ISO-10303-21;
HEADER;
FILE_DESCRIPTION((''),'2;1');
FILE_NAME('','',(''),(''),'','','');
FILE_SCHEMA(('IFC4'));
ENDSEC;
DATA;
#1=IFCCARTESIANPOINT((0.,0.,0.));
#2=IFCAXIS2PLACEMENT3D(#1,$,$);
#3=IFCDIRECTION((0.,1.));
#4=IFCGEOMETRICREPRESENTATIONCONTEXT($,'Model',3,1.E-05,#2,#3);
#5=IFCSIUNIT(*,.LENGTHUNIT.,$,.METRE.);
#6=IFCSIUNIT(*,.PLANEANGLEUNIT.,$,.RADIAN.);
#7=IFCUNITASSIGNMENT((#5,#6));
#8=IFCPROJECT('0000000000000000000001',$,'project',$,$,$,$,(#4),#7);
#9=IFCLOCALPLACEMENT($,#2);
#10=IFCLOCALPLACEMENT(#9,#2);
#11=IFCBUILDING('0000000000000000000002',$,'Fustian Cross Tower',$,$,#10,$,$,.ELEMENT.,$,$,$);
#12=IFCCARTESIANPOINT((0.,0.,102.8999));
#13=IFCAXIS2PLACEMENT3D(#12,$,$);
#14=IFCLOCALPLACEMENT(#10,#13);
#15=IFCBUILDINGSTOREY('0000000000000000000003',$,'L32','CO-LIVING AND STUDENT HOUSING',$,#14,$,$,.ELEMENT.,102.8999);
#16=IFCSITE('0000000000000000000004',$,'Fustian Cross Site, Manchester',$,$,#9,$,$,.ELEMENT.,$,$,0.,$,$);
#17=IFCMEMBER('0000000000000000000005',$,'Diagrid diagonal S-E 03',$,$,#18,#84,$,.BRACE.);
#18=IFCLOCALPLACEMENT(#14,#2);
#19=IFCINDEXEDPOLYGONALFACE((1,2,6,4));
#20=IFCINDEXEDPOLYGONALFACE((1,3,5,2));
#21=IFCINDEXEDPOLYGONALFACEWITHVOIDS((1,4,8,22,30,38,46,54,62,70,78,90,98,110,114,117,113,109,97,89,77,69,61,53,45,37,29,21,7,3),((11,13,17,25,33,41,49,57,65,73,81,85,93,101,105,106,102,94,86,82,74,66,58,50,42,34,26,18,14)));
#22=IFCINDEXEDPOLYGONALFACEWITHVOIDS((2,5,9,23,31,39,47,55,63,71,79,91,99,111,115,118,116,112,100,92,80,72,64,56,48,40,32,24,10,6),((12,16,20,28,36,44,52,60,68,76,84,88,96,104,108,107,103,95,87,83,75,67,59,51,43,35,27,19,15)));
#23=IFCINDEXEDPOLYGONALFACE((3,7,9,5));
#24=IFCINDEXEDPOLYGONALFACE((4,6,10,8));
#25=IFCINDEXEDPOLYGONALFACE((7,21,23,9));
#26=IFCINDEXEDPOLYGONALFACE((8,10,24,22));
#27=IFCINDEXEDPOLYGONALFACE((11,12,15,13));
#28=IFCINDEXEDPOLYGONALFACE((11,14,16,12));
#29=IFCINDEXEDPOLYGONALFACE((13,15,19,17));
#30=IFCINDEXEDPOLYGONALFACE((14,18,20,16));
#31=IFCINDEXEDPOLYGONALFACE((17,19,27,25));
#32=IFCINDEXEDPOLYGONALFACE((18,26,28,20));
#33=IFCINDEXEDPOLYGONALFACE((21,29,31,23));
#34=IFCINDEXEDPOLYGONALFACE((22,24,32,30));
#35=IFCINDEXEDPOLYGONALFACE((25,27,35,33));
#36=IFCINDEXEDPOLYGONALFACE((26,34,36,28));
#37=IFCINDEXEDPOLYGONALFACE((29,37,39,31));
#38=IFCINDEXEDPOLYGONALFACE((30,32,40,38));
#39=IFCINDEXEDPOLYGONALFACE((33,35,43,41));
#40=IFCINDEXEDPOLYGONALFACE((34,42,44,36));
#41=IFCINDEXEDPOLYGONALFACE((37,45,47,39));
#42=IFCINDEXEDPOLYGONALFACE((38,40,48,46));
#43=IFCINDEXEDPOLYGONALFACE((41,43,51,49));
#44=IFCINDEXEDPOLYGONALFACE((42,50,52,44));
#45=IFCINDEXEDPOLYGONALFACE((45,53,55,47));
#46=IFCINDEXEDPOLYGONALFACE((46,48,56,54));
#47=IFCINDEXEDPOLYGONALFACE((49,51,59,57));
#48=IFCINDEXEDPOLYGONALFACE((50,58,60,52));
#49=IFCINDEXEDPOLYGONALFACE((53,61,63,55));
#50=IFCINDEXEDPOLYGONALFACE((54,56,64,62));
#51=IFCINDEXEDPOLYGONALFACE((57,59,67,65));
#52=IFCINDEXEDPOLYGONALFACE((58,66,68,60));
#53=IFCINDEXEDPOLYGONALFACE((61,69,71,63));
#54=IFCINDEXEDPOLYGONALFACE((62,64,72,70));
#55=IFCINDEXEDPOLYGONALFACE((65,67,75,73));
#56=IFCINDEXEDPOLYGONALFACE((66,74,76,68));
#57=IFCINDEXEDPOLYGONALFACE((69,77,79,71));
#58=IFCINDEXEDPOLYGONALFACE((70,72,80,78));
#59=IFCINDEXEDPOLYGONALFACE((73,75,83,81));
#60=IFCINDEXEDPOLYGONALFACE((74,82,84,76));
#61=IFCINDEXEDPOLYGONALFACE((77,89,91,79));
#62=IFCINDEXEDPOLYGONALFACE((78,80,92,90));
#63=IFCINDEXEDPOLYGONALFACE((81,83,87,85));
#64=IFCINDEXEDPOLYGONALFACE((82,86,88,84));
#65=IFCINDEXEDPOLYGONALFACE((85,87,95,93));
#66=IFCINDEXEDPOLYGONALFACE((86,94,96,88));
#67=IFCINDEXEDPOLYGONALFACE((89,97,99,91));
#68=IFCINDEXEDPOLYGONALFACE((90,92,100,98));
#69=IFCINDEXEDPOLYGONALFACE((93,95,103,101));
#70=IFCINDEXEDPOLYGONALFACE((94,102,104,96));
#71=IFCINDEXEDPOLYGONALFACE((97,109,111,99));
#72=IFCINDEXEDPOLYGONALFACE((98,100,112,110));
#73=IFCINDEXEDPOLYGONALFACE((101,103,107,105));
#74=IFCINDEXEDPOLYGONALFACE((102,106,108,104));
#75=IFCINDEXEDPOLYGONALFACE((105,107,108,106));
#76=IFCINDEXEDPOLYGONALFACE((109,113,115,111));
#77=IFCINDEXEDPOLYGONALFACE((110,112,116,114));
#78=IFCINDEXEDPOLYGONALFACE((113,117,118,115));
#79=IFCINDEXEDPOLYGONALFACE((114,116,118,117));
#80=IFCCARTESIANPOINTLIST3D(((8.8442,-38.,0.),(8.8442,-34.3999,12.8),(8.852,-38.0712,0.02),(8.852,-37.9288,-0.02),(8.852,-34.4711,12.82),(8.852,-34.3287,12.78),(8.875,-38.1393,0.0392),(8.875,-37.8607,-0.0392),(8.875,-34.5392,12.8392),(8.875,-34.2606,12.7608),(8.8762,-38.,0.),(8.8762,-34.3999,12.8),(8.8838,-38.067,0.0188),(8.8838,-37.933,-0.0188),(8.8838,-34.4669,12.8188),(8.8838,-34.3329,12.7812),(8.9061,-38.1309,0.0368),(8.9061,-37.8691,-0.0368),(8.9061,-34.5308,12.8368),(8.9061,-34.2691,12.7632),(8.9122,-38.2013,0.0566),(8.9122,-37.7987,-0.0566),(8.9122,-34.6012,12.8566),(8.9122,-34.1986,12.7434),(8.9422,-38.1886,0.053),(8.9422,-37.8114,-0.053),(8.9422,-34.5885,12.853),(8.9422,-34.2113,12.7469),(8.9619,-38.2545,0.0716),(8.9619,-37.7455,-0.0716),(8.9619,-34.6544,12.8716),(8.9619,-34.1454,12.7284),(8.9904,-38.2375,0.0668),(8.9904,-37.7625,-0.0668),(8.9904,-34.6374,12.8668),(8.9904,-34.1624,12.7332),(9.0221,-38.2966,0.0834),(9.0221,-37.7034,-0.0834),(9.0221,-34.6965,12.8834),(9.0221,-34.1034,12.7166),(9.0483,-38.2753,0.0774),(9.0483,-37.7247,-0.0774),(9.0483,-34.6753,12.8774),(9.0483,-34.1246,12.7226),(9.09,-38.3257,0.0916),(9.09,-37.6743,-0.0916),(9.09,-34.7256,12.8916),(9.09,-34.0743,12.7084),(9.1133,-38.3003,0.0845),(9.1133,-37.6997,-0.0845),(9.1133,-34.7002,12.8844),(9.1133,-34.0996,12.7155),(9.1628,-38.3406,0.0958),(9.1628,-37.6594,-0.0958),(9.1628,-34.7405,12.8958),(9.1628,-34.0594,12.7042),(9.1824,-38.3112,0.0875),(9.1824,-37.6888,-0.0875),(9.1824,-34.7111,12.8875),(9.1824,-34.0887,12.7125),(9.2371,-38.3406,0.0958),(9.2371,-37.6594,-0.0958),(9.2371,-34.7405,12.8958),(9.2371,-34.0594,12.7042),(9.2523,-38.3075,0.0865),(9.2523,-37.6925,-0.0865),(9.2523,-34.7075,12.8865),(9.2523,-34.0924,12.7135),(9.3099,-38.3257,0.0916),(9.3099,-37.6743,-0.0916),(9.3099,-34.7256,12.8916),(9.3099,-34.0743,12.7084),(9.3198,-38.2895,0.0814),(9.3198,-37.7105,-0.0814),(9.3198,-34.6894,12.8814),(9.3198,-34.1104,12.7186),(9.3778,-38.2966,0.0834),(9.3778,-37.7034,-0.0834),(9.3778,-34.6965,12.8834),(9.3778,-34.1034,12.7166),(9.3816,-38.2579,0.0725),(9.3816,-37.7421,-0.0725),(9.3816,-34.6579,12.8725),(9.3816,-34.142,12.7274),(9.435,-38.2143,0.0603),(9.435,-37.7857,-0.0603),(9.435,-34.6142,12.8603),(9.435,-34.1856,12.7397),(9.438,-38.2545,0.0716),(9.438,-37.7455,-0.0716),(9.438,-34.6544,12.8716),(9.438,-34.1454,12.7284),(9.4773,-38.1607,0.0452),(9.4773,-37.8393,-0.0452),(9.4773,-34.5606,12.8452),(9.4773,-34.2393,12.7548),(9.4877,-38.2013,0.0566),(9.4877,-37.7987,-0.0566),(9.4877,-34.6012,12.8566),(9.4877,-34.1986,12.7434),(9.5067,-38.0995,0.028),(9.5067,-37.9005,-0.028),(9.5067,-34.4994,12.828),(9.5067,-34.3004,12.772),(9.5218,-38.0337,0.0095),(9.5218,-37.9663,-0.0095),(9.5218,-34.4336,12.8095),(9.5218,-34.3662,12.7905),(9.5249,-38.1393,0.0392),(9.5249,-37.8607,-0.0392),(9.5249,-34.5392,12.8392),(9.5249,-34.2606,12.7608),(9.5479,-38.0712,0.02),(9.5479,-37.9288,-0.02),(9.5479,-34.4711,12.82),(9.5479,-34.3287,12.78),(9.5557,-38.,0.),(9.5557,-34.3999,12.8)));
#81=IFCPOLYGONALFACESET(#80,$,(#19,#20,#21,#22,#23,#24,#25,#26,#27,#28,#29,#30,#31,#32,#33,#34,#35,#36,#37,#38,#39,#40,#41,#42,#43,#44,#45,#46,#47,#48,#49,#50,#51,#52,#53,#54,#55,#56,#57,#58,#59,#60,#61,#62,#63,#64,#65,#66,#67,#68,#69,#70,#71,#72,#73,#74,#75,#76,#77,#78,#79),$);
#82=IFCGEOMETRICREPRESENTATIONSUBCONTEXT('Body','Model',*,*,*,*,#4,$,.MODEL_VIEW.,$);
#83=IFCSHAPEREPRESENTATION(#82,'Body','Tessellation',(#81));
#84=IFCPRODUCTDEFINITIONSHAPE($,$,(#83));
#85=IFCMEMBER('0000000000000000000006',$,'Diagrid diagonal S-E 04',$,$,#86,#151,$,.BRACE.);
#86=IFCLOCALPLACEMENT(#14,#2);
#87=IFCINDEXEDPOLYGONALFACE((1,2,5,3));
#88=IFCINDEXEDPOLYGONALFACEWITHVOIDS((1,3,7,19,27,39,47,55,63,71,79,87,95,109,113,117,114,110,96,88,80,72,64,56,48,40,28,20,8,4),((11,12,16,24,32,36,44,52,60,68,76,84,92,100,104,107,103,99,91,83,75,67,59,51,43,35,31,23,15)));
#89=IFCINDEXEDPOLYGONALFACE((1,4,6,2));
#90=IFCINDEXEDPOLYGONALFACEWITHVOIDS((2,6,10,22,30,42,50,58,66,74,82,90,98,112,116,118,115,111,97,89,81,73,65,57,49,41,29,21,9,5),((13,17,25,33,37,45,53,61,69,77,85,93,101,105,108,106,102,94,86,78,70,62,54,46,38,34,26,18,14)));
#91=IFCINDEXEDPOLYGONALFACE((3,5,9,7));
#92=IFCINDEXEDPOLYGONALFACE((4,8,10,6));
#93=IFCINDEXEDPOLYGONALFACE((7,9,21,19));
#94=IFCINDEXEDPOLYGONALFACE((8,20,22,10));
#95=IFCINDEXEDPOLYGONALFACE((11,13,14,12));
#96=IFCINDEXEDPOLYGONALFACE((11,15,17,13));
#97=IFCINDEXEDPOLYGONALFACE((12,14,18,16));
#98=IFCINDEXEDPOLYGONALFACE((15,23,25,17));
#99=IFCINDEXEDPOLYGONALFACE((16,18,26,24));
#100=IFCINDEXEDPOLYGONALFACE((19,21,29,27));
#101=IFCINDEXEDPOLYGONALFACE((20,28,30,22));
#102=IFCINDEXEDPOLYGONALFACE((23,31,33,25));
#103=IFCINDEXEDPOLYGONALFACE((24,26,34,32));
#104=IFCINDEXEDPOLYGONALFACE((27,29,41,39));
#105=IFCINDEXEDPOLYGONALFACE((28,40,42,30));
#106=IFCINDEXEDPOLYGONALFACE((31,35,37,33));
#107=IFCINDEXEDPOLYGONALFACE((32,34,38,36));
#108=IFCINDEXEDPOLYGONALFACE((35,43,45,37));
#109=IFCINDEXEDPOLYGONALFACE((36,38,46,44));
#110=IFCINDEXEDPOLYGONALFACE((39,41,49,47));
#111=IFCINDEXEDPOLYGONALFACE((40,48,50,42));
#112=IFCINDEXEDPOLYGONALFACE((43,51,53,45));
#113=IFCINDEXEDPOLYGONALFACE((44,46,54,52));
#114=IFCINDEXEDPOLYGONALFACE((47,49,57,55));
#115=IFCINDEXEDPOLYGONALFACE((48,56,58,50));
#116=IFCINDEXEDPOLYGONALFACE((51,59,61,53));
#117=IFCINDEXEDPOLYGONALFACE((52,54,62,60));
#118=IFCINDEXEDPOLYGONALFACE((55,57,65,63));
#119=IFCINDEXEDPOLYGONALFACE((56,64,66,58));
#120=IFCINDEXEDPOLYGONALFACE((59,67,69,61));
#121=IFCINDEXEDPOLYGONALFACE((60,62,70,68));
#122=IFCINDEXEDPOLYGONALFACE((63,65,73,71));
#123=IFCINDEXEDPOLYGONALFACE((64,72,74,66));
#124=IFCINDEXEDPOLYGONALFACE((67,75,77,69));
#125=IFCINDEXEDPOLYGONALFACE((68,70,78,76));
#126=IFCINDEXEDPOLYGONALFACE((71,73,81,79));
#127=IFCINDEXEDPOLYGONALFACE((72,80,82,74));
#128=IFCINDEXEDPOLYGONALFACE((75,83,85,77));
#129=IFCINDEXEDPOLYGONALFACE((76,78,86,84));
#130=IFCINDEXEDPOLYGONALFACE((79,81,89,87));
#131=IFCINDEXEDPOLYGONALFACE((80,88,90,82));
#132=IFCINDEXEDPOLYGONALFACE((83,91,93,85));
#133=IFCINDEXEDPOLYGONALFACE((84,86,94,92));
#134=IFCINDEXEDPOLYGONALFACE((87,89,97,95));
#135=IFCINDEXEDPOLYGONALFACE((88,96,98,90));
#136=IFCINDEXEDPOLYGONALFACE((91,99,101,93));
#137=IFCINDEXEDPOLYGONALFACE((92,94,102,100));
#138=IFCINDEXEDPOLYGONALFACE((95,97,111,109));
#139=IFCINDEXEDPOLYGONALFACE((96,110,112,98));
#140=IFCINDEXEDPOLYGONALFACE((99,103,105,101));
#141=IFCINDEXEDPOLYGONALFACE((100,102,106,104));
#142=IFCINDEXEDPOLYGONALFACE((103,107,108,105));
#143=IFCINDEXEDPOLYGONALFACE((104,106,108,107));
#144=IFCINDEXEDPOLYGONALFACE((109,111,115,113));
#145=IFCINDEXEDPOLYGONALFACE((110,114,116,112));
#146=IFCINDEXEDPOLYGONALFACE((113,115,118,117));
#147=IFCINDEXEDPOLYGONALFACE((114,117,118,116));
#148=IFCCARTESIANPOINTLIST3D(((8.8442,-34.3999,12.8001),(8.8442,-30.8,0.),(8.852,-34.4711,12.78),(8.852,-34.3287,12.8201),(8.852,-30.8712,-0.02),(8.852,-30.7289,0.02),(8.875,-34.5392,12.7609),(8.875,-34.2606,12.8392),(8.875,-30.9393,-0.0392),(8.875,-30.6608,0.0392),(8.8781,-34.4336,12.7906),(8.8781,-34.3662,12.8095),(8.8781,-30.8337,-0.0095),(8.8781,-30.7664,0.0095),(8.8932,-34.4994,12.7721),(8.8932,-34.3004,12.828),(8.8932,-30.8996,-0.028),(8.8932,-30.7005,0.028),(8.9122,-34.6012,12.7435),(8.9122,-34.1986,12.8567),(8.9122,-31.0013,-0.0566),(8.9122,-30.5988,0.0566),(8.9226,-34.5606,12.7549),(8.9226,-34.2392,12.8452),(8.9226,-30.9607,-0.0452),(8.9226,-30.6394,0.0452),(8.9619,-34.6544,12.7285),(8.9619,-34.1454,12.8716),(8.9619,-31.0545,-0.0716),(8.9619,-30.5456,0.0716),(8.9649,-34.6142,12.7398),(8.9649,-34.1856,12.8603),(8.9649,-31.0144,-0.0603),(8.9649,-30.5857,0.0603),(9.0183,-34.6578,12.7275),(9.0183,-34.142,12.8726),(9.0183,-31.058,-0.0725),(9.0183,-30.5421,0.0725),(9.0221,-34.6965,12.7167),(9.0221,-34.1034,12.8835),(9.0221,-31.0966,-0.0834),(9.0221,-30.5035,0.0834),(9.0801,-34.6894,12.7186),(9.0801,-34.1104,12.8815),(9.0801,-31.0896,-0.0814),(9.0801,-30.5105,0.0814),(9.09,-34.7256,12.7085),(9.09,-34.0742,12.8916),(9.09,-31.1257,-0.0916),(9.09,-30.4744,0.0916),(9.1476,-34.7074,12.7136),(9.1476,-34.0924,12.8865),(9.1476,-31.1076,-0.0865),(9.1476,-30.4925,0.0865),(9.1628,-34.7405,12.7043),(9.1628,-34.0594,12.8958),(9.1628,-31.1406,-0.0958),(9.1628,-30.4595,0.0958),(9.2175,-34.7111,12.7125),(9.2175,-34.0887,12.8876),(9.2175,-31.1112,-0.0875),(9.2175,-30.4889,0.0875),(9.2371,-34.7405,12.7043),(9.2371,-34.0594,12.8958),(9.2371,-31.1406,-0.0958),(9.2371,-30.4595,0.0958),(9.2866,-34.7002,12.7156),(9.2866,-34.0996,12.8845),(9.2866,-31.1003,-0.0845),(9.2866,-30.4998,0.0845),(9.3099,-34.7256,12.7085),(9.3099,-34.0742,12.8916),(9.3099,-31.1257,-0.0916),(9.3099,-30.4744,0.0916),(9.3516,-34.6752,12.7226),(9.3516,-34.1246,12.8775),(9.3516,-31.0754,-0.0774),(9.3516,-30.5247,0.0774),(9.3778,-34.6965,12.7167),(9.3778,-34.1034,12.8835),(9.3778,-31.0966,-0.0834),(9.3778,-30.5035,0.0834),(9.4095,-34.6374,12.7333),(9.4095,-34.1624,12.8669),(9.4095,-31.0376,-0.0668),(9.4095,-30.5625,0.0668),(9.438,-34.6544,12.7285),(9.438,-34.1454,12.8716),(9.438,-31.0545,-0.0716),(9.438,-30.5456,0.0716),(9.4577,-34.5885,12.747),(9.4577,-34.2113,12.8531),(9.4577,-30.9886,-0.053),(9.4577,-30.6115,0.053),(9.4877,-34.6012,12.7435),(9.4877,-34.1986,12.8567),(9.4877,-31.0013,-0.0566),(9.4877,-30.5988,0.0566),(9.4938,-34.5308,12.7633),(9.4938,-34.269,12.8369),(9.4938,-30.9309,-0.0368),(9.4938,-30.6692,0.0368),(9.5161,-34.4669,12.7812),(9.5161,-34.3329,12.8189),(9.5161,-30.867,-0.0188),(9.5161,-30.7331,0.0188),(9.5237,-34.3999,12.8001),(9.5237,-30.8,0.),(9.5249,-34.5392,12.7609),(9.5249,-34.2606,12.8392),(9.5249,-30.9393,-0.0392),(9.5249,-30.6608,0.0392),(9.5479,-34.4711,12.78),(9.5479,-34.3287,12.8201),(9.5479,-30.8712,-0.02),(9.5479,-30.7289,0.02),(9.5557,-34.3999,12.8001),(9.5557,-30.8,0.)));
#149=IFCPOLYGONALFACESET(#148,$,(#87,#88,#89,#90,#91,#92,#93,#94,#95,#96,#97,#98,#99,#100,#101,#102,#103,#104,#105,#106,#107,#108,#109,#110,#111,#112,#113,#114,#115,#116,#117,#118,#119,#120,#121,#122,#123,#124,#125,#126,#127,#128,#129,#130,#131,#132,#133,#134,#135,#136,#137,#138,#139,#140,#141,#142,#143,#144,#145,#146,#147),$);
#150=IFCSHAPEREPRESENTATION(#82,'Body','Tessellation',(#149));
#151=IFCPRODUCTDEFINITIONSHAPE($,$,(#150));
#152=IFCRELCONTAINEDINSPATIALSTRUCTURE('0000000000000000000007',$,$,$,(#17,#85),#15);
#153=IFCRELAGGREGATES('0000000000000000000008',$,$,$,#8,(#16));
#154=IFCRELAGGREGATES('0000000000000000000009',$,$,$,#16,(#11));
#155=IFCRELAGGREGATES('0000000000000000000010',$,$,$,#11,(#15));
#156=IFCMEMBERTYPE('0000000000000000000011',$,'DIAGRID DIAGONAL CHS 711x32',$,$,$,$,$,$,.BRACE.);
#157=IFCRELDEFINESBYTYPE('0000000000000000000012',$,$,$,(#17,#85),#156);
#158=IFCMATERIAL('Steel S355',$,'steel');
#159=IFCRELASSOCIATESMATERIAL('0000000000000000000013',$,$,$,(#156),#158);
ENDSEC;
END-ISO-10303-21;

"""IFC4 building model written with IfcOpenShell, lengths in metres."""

from ifc_helpers import new_model, si_unit, direction, frame, origin, origin_2d, place, context, subcontext, project, spatial, hollow_circle, extrude, material, material_profile, profile_set, type_object, element, save


model = new_model("IFC4")

# Units and contexts
model_context = context("Model", 3, precision=1e-05, world=origin(), true_north=direction((0.0, 1.0)))
body_context = subcontext(model_context, "Body", "Model", "MODEL_VIEW")
ifc_project = project(units=[si_unit("LENGTHUNIT", "METRE"), si_unit("PLANEANGLEUNIT", "RADIAN")], contexts=[model_context])

# Site, building, storey
site_placement = place(None, origin())
site = spatial("IfcSite", under=ifc_project, at=site_placement, Name="Fustian Cross Site, Manchester", CompositionType="ELEMENT", RefElevation=0.0)
building_placement = place(site_placement, origin())
building = spatial("IfcBuilding", under=site, at=building_placement, Name="Fustian Cross Tower", CompositionType="ELEMENT")
storey_placement = place(building_placement, frame((0.0, 0.0, 102.8999)))
storey = spatial("IfcBuildingStorey", under=building, at=storey_placement, Name="L32", Description="CO-LIVING AND STUDENT HOUSING", CompositionType="ELEMENT", Elevation=102.8999)

# Members
ifc_material_1 = material(Name="Steel S355", Category="steel")
ifc_material_profile_1 = material_profile(ifc_material_1, hollow_circle(Radius=0.3557, WallThickness=0.032, at=origin_2d()), Name="CHS 711x32")
ifc_profile_set_1 = profile_set([ifc_material_profile_1], Name="Steel S355")
member_type_1 = type_object("IfcMemberType", Name="DIAGRID DIAGONAL CHS 711x32", PredefinedType="BRACE", material=ifc_profile_set_1)
for number, where, z_axis, x_axis, name in (
    (1, (9.2, -38.0, 0.0), (0.0, 0.270751, 0.962649), (-1.0, 0.0, 0.0), "Diagrid diagonal S-E 03"),
    (2, (9.2, -30.8, 0.0), (0.0, -0.270734, 0.962654), (1.0, 0.0, 0.0), "Diagrid diagonal S-E 04"),
):
    element("IfcMember", number, at=place(storey_placement, frame(where, z_axis=z_axis, x_axis=x_axis)), inside=storey, type_object=member_type_1, Name=name, PredefinedType="BRACE", context=body_context, shape_type="SweptSolid", body=[
        extrude(hollow_circle(Radius=0.3557, WallThickness=0.032, at=origin_2d()), origin(), (0.0, 0.0, 1.0), 13.2966),
    ])

save(model, "model.ifc")
